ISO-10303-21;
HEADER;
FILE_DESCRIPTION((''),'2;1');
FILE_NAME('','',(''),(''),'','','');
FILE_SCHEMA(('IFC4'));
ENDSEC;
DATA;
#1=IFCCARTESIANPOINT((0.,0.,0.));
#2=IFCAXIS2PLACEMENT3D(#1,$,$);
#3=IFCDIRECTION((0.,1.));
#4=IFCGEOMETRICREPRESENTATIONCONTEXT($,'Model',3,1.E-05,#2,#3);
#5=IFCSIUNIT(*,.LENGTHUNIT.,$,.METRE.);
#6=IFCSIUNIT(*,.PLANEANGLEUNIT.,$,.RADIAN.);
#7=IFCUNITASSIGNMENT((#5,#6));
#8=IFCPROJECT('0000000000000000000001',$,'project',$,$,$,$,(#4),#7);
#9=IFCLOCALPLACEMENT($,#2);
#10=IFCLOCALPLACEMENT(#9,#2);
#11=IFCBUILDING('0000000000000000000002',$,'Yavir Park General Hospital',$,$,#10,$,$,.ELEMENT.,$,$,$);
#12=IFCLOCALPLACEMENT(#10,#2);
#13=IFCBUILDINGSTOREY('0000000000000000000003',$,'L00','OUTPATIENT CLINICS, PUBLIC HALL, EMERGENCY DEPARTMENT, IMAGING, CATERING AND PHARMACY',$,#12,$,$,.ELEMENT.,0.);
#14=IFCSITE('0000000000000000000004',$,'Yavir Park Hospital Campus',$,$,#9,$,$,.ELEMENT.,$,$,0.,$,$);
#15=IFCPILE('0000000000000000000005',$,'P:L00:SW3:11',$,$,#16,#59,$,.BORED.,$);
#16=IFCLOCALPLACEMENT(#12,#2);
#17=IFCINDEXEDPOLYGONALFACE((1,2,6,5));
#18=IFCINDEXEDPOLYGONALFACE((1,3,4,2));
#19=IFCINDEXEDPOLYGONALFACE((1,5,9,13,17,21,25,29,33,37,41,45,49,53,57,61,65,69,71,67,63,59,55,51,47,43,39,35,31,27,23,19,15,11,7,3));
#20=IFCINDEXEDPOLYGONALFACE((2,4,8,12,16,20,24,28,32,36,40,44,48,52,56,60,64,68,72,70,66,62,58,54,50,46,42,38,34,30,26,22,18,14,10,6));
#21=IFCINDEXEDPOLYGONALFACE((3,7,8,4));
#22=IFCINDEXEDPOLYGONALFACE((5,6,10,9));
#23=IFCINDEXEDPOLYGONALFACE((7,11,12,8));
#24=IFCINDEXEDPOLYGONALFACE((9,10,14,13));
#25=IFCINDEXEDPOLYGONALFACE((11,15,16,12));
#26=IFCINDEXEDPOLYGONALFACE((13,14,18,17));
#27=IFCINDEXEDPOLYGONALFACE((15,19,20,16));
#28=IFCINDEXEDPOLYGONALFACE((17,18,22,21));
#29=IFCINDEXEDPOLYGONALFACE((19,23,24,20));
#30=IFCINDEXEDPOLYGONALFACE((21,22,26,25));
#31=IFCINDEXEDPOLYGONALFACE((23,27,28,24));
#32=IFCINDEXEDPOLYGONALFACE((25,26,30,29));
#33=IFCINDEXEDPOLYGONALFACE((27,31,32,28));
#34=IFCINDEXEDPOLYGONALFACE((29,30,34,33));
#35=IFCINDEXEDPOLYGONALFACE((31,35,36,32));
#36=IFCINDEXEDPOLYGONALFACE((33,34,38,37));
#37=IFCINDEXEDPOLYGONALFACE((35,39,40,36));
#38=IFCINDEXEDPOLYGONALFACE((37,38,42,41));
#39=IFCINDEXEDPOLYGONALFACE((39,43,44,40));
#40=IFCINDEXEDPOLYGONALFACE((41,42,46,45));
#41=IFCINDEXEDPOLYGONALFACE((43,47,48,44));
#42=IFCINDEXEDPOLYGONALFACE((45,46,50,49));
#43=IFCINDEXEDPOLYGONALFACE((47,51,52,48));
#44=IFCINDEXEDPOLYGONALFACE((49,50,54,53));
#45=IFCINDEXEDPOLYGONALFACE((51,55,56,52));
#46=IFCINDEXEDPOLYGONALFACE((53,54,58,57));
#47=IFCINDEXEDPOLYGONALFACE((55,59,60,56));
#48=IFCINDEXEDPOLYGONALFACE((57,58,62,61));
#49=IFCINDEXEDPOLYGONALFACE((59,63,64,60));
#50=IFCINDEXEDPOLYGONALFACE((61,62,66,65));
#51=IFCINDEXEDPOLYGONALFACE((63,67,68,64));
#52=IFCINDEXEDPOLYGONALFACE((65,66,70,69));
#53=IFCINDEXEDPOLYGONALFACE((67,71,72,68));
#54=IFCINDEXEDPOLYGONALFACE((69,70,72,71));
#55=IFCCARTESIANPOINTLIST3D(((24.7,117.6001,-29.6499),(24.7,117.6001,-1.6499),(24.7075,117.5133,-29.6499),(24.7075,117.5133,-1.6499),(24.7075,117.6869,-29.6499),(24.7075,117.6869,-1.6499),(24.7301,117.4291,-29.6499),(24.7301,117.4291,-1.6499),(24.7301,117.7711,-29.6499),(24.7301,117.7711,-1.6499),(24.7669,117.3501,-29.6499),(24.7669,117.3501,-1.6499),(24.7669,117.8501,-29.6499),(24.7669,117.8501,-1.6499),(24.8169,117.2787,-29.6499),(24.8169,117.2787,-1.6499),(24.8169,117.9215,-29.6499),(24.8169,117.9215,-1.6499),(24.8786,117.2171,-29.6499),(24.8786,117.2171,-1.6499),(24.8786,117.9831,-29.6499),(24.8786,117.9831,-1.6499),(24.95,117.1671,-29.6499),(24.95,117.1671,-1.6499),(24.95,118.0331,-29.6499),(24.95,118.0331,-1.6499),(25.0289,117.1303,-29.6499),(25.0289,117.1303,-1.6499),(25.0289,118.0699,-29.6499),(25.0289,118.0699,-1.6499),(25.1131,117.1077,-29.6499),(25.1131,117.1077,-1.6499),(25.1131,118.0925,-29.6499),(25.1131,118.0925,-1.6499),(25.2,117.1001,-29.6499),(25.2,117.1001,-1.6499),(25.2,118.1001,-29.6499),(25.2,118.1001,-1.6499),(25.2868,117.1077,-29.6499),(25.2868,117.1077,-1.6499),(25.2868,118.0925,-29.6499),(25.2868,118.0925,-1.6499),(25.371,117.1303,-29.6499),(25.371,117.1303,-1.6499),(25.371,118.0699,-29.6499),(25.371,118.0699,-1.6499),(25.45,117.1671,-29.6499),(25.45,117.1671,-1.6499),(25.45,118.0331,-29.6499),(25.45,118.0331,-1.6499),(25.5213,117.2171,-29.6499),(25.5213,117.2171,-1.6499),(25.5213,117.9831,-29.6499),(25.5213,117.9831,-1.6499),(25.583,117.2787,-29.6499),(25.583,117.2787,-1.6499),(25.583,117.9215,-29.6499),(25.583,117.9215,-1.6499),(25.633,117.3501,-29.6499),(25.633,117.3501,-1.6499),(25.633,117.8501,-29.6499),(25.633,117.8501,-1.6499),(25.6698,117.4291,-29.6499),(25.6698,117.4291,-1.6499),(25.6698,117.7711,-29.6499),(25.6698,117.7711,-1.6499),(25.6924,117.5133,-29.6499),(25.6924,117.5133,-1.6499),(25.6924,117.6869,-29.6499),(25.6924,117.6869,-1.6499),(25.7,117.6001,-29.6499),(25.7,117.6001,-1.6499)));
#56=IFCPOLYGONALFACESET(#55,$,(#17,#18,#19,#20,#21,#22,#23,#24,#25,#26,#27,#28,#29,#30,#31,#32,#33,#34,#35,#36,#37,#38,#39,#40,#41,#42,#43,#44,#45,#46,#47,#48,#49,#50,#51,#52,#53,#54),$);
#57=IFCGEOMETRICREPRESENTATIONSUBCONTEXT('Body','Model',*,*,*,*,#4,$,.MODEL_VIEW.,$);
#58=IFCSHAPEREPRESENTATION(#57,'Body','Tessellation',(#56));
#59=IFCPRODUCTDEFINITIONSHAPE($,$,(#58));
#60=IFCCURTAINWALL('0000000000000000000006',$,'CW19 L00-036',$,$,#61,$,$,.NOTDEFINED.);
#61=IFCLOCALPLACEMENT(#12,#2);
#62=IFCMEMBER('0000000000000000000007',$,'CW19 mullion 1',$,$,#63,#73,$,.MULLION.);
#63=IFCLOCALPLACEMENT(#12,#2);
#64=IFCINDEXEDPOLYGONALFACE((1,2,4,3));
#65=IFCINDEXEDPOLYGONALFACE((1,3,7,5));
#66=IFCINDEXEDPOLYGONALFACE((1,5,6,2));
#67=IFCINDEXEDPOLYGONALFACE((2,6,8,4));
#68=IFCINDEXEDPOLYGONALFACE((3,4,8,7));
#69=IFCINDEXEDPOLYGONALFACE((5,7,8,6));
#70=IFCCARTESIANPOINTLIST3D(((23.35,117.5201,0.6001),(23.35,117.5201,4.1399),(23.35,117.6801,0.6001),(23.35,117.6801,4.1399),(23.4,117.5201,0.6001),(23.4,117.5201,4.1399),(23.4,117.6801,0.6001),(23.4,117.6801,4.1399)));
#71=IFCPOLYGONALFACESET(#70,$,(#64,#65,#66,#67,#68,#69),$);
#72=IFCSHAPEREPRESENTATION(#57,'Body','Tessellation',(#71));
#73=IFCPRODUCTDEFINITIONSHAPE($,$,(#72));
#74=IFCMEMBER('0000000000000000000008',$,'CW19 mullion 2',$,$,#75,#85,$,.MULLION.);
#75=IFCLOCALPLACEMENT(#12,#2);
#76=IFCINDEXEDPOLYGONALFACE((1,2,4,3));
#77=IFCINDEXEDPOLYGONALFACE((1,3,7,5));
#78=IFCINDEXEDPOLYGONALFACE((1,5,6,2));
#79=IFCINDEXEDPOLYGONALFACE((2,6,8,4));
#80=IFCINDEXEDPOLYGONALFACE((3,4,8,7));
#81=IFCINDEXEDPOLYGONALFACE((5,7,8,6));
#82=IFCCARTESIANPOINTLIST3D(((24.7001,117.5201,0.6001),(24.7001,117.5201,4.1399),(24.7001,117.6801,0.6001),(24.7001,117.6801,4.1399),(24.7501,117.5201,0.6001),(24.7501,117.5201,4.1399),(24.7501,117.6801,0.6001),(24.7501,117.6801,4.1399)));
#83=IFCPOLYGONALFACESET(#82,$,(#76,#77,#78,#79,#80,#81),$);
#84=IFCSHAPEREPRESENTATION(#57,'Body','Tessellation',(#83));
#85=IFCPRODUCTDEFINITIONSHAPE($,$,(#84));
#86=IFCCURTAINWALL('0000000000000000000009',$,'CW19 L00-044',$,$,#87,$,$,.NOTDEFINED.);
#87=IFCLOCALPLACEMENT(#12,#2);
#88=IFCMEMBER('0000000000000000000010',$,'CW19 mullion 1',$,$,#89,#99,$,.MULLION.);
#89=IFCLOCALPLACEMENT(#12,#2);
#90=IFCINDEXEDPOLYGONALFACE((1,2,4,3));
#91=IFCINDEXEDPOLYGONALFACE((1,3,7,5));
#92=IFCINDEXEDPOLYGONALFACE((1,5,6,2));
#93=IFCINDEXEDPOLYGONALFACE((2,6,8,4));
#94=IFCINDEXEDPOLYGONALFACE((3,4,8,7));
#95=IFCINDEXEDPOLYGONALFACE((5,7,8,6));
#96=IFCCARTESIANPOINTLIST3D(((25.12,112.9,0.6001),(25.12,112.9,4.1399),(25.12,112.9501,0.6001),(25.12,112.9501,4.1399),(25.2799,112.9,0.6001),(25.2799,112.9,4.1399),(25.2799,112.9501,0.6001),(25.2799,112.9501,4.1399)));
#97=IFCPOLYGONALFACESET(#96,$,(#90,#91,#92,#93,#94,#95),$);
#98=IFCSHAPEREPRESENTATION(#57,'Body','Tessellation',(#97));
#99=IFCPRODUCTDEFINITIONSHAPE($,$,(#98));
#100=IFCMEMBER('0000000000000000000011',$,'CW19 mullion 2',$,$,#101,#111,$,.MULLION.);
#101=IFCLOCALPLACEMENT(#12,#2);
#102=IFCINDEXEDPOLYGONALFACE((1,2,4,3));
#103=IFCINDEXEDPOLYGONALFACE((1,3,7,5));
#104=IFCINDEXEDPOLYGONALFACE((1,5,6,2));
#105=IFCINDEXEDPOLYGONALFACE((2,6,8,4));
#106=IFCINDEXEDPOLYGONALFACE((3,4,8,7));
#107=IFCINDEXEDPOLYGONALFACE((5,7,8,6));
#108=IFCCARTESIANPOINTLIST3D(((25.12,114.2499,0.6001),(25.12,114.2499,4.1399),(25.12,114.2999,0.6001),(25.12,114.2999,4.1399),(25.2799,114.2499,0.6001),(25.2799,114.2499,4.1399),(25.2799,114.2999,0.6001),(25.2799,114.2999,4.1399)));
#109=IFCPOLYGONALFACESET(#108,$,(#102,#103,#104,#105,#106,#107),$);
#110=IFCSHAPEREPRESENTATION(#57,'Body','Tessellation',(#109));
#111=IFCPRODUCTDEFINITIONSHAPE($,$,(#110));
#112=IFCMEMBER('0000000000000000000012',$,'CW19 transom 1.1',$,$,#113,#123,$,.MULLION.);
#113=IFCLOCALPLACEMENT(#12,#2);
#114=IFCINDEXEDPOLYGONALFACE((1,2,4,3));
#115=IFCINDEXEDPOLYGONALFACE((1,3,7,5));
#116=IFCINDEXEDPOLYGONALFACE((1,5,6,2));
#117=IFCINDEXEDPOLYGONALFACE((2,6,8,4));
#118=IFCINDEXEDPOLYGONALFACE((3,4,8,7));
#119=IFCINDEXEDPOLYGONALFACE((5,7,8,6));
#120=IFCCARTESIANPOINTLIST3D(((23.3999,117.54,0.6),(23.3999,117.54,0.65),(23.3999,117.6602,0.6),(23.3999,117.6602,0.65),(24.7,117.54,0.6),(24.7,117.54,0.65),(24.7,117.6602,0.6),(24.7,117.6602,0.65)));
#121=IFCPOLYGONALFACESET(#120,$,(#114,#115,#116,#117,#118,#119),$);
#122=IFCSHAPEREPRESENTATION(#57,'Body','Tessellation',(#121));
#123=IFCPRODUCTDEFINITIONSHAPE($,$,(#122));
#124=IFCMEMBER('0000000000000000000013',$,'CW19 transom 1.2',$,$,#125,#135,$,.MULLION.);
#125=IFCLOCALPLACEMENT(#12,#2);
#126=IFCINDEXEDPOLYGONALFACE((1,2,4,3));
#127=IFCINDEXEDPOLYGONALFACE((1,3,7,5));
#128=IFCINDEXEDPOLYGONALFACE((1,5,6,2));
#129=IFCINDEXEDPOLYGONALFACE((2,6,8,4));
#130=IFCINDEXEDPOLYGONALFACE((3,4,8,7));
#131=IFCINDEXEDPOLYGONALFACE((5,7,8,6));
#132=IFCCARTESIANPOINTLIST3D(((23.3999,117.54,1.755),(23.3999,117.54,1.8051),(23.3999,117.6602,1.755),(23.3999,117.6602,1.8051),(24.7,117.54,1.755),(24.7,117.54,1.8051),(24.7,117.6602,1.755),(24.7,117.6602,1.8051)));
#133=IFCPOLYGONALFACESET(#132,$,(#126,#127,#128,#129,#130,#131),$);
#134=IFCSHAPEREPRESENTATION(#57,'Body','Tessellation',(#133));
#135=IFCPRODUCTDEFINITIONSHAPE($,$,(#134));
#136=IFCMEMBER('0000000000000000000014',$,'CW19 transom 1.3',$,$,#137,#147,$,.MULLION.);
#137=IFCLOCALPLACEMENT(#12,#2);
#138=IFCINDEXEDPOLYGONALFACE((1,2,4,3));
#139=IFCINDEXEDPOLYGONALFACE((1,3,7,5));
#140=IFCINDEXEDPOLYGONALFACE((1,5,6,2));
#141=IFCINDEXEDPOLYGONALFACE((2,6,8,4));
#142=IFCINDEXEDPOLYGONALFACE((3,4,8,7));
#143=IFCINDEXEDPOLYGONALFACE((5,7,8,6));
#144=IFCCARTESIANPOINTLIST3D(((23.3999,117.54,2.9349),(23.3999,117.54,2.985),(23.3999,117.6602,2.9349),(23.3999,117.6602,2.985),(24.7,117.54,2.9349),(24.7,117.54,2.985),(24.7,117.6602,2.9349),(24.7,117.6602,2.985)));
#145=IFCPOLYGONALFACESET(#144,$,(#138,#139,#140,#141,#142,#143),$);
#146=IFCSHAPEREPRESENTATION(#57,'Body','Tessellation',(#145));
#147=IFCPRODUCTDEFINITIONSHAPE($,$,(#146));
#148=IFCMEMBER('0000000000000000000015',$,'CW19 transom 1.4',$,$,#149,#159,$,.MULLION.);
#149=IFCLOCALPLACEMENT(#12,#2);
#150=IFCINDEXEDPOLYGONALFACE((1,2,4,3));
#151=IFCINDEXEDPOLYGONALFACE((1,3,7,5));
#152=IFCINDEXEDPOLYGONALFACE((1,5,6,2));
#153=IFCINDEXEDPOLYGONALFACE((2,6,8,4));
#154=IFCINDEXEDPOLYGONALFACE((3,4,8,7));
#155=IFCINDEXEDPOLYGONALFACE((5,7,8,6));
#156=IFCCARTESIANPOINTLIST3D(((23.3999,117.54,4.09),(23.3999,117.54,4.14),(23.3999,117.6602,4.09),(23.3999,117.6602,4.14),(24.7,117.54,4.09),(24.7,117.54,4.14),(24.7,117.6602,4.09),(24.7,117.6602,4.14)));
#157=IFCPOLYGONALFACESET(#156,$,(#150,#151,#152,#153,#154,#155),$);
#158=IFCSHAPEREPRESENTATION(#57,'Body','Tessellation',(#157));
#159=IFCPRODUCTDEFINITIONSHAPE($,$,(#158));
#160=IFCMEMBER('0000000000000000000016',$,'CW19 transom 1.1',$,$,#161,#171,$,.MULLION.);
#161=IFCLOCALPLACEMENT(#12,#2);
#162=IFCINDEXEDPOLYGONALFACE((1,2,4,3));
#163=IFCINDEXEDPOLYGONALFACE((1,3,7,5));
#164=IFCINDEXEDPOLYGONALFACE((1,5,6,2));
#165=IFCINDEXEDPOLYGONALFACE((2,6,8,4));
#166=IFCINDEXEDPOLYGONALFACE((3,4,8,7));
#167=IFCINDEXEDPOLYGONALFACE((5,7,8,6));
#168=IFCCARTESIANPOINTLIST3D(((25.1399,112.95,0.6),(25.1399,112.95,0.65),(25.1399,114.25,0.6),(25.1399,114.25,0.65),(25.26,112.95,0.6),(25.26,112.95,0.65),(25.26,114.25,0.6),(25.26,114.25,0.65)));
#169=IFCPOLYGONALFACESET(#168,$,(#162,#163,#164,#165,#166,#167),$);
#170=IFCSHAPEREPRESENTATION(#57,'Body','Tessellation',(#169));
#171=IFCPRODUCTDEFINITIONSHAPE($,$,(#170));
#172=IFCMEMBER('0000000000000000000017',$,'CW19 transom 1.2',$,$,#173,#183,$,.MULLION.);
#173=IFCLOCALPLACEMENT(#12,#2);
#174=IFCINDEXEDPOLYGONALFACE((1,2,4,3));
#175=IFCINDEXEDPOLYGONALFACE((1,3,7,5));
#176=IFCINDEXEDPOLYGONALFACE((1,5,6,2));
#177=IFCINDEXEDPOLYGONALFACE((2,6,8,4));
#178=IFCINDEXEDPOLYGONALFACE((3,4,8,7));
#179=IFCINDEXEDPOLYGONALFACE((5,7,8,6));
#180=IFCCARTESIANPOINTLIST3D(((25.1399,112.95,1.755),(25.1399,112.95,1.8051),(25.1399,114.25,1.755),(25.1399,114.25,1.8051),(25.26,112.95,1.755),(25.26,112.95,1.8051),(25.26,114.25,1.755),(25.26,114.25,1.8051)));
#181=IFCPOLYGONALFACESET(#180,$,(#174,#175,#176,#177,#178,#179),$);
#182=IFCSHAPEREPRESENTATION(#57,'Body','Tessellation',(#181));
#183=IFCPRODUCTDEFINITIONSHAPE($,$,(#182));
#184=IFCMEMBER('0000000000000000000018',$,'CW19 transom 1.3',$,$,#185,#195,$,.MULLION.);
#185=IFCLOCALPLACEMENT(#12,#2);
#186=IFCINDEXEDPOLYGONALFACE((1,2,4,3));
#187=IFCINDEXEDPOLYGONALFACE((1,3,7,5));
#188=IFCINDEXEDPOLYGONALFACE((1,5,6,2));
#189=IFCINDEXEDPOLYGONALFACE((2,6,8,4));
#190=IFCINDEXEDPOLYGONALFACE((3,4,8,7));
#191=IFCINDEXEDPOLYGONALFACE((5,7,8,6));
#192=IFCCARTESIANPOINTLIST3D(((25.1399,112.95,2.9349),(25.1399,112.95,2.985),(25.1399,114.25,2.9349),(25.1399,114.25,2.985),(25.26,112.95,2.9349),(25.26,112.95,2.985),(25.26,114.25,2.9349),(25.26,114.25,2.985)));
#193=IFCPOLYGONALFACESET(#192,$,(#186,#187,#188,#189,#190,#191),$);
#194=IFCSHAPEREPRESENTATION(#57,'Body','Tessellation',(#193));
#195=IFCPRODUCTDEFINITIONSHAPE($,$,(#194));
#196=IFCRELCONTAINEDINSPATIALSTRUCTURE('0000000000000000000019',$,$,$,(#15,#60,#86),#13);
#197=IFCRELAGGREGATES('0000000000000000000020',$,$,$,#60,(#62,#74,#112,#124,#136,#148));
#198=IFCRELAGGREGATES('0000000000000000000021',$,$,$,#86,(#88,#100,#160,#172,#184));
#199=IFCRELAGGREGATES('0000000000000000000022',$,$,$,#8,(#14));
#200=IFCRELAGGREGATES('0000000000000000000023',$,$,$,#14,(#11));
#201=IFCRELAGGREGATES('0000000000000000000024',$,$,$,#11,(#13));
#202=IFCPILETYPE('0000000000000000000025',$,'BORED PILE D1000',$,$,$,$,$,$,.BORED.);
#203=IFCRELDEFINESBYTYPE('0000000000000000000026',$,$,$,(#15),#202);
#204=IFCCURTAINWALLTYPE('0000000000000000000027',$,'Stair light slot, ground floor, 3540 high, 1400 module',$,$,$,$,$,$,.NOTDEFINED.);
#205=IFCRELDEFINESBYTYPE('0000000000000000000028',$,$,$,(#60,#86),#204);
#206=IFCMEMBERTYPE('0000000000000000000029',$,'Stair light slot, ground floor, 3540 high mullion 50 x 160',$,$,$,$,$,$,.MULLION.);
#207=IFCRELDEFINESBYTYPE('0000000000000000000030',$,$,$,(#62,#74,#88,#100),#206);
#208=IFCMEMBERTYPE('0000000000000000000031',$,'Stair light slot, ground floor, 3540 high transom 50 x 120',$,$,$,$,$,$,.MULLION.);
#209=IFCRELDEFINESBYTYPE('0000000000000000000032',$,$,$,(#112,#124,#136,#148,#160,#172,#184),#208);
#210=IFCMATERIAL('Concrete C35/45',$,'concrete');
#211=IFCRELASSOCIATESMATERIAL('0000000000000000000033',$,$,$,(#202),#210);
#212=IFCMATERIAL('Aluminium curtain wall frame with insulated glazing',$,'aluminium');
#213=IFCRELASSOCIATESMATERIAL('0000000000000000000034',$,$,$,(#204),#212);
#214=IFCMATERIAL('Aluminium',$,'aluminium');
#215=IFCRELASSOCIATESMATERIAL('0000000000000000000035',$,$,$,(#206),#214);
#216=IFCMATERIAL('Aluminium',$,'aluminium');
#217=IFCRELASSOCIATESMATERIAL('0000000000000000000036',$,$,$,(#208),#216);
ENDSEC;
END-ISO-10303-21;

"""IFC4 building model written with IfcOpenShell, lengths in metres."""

from ifc_helpers import new_model, si_unit, direction, frame, origin, origin_2d, place, context, subcontext, project, spatial, rectangle, circle, extrude, material, material_profile, profile_set, type_object, element, aggregate, save


model = new_model("IFC4")

# Units and contexts
model_context = context("Model", 3, precision=1e-05, world=origin(), true_north=direction((0.0, 1.0)))
body_context = subcontext(model_context, "Body", "Model", "MODEL_VIEW")
ifc_project = project(units=[si_unit("LENGTHUNIT", "METRE"), si_unit("PLANEANGLEUNIT", "RADIAN")], contexts=[model_context])

# Site, building, storey
site_placement = place(None, origin())
site = spatial("IfcSite", under=ifc_project, at=site_placement, Name="Yavir Park Hospital Campus", CompositionType="ELEMENT", RefElevation=0.0)
building_placement = place(site_placement, origin())
building = spatial("IfcBuilding", under=site, at=building_placement, Name="Yavir Park General Hospital", CompositionType="ELEMENT")
storey_placement = place(building_placement, origin())
storey = spatial("IfcBuildingStorey", under=building, at=storey_placement, Name="L00", Description="OUTPATIENT CLINICS, PUBLIC HALL, EMERGENCY DEPARTMENT, IMAGING, CATERING AND PHARMACY", CompositionType="ELEMENT", Elevation=0.0)

# Pile
ifc_material_1 = material(Name="Concrete C35/45", Category="concrete")
ifc_material_profile_1 = material_profile(ifc_material_1, circle(Radius=0.5, at=origin_2d()), Name="D1000")
ifc_profile_set_1 = profile_set([ifc_material_profile_1], Name="Concrete C35/45")
pile_type = type_object("IfcPileType", Name="BORED PILE D1000", PredefinedType="BORED", material=ifc_profile_set_1)
for number, where, z_axis, x_axis, name in (
    (1, (25.2, 117.6001, -1.6499), (0.0, 0.0, -1.0), (1.0, 0.0, 0.0), "P:L00:SW3:11"),
):
    element("IfcPile", number, at=place(storey_placement, frame(where, z_axis=z_axis, x_axis=x_axis)), inside=storey, type_object=pile_type, Name=name, PredefinedType="BORED", context=body_context, shape_type="SweptSolid", body=[
        extrude(circle(Radius=0.5, at=origin_2d()), origin(), (0.0, 0.0, 1.0), 28.0),
    ])

# Curtain walls, members
ifc_material_2 = material(Name="Aluminium curtain wall frame with insulated glazing", Category="aluminium")
curtain_wall_type = type_object("IfcCurtainWallType", Name="Stair light slot, ground floor, 3540 high, 1400 module", PredefinedType="NOTDEFINED", material=ifc_material_2)
curtain_wall_1_placement = place(storey_placement, origin())
curtain_wall_1 = element("IfcCurtainWall", 2, at=curtain_wall_1_placement, inside=storey, type_object=curtain_wall_type, Name="CW19 L00-036", PredefinedType="NOTDEFINED")
ifc_material_3 = material(Name="Aluminium", Category="aluminium")
ifc_material_profile_2 = material_profile(ifc_material_3, rectangle(XDim=0.1599, YDim=0.05, at=origin_2d()), Name="AL 50x160")
ifc_profile_set_2 = profile_set([ifc_material_profile_2], Name="Aluminium")
member_type_1 = type_object("IfcMemberType", Name="Stair light slot, ground floor, 3540 high mullion 50 x 160", PredefinedType="MULLION", material=ifc_profile_set_2)
member_1_placement = place(storey_placement, frame((23.375, 117.6001, 0.6001), z_axis=(0.0, 0.0, 1.0), x_axis=(0.0, 1.0, 0.0)))
member_1 = element("IfcMember", 3, at=member_1_placement, type_object=member_type_1, Name="CW19 mullion 1", PredefinedType="MULLION", context=body_context, shape_type="SweptSolid", body=[
    extrude(rectangle(XDim=0.1599, YDim=0.05, at=origin_2d()), origin(), (0.0, 0.0, 1.0), 3.5398),
])
member_2_placement = place(storey_placement, frame((24.7251, 117.6001, 0.6001), z_axis=(0.0, 0.0, 1.0), x_axis=(0.0, 1.0, 0.0)))
member_2 = element("IfcMember", 4, at=member_2_placement, type_object=member_type_1, Name="CW19 mullion 2", PredefinedType="MULLION", context=body_context, shape_type="SweptSolid", body=[
    extrude(rectangle(XDim=0.1599, YDim=0.05, at=origin_2d()), origin(), (0.0, 0.0, 1.0), 3.5398),
])
curtain_wall_2_placement = place(storey_placement, origin())
curtain_wall_2 = element("IfcCurtainWall", 5, at=curtain_wall_2_placement, inside=storey, type_object=curtain_wall_type, Name="CW19 L00-044", PredefinedType="NOTDEFINED")
member_3_placement = place(storey_placement, frame((25.2, 112.925, 0.6001), z_axis=(0.0, 0.0, 1.0), x_axis=(-1.0, 0.0, 0.0)))
member_3 = element("IfcMember", 6, at=member_3_placement, type_object=member_type_1, Name="CW19 mullion 1", PredefinedType="MULLION", context=body_context, shape_type="SweptSolid", body=[
    extrude(rectangle(XDim=0.1599, YDim=0.05, at=origin_2d()), origin(), (0.0, 0.0, 1.0), 3.5398),
])
member_4_placement = place(storey_placement, frame((25.2, 114.2749, 0.6001), z_axis=(0.0, 0.0, 1.0), x_axis=(-1.0, 0.0, 0.0)))
member_4 = element("IfcMember", 7, at=member_4_placement, type_object=member_type_1, Name="CW19 mullion 2", PredefinedType="MULLION", context=body_context, shape_type="SweptSolid", body=[
    extrude(rectangle(XDim=0.1599, YDim=0.05, at=origin_2d()), origin(), (0.0, 0.0, 1.0), 3.5398),
])

# Members
ifc_material_4 = material(Name="Aluminium", Category="aluminium")
ifc_material_profile_3 = material_profile(ifc_material_4, rectangle(XDim=0.1201, YDim=0.05, at=origin_2d()), Name="AL 120x50")
ifc_profile_set_3 = profile_set([ifc_material_profile_3], Name="Aluminium")
member_type_2 = type_object("IfcMemberType", Name="Stair light slot, ground floor, 3540 high transom 50 x 120", PredefinedType="MULLION", material=ifc_profile_set_3)
member_5_placement = place(storey_placement, frame((23.3999, 117.6001, 0.625), z_axis=(1.0, 0.0, 0.0), x_axis=(0.0, 1.0, 0.0)))
member_5 = element("IfcMember", 8, at=member_5_placement, type_object=member_type_2, Name="CW19 transom 1.1", PredefinedType="MULLION", context=body_context, shape_type="SweptSolid", body=[
    extrude(rectangle(XDim=0.1201, YDim=0.05, at=origin_2d()), origin(), (0.0, 0.0, 1.0), 1.3),
])
member_6_placement = place(storey_placement, frame((23.3999, 117.6001, 1.78), z_axis=(1.0, 0.0, 0.0), x_axis=(0.0, 1.0, 0.0)))
member_6 = element("IfcMember", 9, at=member_6_placement, type_object=member_type_2, Name="CW19 transom 1.2", PredefinedType="MULLION", context=body_context, shape_type="SweptSolid", body=[
    extrude(rectangle(XDim=0.1201, YDim=0.05, at=origin_2d()), origin(), (0.0, 0.0, 1.0), 1.3),
])
member_7_placement = place(storey_placement, frame((23.3999, 117.6001, 2.96), z_axis=(1.0, 0.0, 0.0), x_axis=(0.0, 1.0, 0.0)))
member_7 = element("IfcMember", 10, at=member_7_placement, type_object=member_type_2, Name="CW19 transom 1.3", PredefinedType="MULLION", context=body_context, shape_type="SweptSolid", body=[
    extrude(rectangle(XDim=0.1201, YDim=0.05, at=origin_2d()), origin(), (0.0, 0.0, 1.0), 1.3),
])
member_8_placement = place(storey_placement, frame((23.3999, 117.6001, 4.115), z_axis=(1.0, 0.0, 0.0), x_axis=(0.0, 1.0, 0.0)))
member_8 = element("IfcMember", 11, at=member_8_placement, type_object=member_type_2, Name="CW19 transom 1.4", PredefinedType="MULLION", context=body_context, shape_type="SweptSolid", body=[
    extrude(rectangle(XDim=0.1201, YDim=0.05, at=origin_2d()), origin(), (0.0, 0.0, 1.0), 1.3),
])
member_9_placement = place(storey_placement, frame((25.2, 112.95, 0.625), z_axis=(0.0, 1.0, 0.0), x_axis=(-1.0, 0.0, 0.0)))
member_9 = element("IfcMember", 12, at=member_9_placement, type_object=member_type_2, Name="CW19 transom 1.1", PredefinedType="MULLION", context=body_context, shape_type="SweptSolid", body=[
    extrude(rectangle(XDim=0.1201, YDim=0.05, at=origin_2d()), origin(), (0.0, 0.0, 1.0), 1.3),
])
member_10_placement = place(storey_placement, frame((25.2, 112.95, 1.78), z_axis=(0.0, 1.0, 0.0), x_axis=(-1.0, 0.0, 0.0)))
member_10 = element("IfcMember", 13, at=member_10_placement, type_object=member_type_2, Name="CW19 transom 1.2", PredefinedType="MULLION", context=body_context, shape_type="SweptSolid", body=[
    extrude(rectangle(XDim=0.1201, YDim=0.05, at=origin_2d()), origin(), (0.0, 0.0, 1.0), 1.3),
])
member_11_placement = place(storey_placement, frame((25.2, 112.95, 2.96), z_axis=(0.0, 1.0, 0.0), x_axis=(-1.0, 0.0, 0.0)))
member_11 = element("IfcMember", 14, at=member_11_placement, type_object=member_type_2, Name="CW19 transom 1.3", PredefinedType="MULLION", context=body_context, shape_type="SweptSolid", body=[
    extrude(rectangle(XDim=0.1201, YDim=0.05, at=origin_2d()), origin(), (0.0, 0.0, 1.0), 1.3),
])

aggregate(curtain_wall_1, [member_1, member_2, member_5, member_6, member_7, member_8])
aggregate(curtain_wall_2, [member_3, member_4, member_9, member_10, member_11])

save(model, "model.ifc")
